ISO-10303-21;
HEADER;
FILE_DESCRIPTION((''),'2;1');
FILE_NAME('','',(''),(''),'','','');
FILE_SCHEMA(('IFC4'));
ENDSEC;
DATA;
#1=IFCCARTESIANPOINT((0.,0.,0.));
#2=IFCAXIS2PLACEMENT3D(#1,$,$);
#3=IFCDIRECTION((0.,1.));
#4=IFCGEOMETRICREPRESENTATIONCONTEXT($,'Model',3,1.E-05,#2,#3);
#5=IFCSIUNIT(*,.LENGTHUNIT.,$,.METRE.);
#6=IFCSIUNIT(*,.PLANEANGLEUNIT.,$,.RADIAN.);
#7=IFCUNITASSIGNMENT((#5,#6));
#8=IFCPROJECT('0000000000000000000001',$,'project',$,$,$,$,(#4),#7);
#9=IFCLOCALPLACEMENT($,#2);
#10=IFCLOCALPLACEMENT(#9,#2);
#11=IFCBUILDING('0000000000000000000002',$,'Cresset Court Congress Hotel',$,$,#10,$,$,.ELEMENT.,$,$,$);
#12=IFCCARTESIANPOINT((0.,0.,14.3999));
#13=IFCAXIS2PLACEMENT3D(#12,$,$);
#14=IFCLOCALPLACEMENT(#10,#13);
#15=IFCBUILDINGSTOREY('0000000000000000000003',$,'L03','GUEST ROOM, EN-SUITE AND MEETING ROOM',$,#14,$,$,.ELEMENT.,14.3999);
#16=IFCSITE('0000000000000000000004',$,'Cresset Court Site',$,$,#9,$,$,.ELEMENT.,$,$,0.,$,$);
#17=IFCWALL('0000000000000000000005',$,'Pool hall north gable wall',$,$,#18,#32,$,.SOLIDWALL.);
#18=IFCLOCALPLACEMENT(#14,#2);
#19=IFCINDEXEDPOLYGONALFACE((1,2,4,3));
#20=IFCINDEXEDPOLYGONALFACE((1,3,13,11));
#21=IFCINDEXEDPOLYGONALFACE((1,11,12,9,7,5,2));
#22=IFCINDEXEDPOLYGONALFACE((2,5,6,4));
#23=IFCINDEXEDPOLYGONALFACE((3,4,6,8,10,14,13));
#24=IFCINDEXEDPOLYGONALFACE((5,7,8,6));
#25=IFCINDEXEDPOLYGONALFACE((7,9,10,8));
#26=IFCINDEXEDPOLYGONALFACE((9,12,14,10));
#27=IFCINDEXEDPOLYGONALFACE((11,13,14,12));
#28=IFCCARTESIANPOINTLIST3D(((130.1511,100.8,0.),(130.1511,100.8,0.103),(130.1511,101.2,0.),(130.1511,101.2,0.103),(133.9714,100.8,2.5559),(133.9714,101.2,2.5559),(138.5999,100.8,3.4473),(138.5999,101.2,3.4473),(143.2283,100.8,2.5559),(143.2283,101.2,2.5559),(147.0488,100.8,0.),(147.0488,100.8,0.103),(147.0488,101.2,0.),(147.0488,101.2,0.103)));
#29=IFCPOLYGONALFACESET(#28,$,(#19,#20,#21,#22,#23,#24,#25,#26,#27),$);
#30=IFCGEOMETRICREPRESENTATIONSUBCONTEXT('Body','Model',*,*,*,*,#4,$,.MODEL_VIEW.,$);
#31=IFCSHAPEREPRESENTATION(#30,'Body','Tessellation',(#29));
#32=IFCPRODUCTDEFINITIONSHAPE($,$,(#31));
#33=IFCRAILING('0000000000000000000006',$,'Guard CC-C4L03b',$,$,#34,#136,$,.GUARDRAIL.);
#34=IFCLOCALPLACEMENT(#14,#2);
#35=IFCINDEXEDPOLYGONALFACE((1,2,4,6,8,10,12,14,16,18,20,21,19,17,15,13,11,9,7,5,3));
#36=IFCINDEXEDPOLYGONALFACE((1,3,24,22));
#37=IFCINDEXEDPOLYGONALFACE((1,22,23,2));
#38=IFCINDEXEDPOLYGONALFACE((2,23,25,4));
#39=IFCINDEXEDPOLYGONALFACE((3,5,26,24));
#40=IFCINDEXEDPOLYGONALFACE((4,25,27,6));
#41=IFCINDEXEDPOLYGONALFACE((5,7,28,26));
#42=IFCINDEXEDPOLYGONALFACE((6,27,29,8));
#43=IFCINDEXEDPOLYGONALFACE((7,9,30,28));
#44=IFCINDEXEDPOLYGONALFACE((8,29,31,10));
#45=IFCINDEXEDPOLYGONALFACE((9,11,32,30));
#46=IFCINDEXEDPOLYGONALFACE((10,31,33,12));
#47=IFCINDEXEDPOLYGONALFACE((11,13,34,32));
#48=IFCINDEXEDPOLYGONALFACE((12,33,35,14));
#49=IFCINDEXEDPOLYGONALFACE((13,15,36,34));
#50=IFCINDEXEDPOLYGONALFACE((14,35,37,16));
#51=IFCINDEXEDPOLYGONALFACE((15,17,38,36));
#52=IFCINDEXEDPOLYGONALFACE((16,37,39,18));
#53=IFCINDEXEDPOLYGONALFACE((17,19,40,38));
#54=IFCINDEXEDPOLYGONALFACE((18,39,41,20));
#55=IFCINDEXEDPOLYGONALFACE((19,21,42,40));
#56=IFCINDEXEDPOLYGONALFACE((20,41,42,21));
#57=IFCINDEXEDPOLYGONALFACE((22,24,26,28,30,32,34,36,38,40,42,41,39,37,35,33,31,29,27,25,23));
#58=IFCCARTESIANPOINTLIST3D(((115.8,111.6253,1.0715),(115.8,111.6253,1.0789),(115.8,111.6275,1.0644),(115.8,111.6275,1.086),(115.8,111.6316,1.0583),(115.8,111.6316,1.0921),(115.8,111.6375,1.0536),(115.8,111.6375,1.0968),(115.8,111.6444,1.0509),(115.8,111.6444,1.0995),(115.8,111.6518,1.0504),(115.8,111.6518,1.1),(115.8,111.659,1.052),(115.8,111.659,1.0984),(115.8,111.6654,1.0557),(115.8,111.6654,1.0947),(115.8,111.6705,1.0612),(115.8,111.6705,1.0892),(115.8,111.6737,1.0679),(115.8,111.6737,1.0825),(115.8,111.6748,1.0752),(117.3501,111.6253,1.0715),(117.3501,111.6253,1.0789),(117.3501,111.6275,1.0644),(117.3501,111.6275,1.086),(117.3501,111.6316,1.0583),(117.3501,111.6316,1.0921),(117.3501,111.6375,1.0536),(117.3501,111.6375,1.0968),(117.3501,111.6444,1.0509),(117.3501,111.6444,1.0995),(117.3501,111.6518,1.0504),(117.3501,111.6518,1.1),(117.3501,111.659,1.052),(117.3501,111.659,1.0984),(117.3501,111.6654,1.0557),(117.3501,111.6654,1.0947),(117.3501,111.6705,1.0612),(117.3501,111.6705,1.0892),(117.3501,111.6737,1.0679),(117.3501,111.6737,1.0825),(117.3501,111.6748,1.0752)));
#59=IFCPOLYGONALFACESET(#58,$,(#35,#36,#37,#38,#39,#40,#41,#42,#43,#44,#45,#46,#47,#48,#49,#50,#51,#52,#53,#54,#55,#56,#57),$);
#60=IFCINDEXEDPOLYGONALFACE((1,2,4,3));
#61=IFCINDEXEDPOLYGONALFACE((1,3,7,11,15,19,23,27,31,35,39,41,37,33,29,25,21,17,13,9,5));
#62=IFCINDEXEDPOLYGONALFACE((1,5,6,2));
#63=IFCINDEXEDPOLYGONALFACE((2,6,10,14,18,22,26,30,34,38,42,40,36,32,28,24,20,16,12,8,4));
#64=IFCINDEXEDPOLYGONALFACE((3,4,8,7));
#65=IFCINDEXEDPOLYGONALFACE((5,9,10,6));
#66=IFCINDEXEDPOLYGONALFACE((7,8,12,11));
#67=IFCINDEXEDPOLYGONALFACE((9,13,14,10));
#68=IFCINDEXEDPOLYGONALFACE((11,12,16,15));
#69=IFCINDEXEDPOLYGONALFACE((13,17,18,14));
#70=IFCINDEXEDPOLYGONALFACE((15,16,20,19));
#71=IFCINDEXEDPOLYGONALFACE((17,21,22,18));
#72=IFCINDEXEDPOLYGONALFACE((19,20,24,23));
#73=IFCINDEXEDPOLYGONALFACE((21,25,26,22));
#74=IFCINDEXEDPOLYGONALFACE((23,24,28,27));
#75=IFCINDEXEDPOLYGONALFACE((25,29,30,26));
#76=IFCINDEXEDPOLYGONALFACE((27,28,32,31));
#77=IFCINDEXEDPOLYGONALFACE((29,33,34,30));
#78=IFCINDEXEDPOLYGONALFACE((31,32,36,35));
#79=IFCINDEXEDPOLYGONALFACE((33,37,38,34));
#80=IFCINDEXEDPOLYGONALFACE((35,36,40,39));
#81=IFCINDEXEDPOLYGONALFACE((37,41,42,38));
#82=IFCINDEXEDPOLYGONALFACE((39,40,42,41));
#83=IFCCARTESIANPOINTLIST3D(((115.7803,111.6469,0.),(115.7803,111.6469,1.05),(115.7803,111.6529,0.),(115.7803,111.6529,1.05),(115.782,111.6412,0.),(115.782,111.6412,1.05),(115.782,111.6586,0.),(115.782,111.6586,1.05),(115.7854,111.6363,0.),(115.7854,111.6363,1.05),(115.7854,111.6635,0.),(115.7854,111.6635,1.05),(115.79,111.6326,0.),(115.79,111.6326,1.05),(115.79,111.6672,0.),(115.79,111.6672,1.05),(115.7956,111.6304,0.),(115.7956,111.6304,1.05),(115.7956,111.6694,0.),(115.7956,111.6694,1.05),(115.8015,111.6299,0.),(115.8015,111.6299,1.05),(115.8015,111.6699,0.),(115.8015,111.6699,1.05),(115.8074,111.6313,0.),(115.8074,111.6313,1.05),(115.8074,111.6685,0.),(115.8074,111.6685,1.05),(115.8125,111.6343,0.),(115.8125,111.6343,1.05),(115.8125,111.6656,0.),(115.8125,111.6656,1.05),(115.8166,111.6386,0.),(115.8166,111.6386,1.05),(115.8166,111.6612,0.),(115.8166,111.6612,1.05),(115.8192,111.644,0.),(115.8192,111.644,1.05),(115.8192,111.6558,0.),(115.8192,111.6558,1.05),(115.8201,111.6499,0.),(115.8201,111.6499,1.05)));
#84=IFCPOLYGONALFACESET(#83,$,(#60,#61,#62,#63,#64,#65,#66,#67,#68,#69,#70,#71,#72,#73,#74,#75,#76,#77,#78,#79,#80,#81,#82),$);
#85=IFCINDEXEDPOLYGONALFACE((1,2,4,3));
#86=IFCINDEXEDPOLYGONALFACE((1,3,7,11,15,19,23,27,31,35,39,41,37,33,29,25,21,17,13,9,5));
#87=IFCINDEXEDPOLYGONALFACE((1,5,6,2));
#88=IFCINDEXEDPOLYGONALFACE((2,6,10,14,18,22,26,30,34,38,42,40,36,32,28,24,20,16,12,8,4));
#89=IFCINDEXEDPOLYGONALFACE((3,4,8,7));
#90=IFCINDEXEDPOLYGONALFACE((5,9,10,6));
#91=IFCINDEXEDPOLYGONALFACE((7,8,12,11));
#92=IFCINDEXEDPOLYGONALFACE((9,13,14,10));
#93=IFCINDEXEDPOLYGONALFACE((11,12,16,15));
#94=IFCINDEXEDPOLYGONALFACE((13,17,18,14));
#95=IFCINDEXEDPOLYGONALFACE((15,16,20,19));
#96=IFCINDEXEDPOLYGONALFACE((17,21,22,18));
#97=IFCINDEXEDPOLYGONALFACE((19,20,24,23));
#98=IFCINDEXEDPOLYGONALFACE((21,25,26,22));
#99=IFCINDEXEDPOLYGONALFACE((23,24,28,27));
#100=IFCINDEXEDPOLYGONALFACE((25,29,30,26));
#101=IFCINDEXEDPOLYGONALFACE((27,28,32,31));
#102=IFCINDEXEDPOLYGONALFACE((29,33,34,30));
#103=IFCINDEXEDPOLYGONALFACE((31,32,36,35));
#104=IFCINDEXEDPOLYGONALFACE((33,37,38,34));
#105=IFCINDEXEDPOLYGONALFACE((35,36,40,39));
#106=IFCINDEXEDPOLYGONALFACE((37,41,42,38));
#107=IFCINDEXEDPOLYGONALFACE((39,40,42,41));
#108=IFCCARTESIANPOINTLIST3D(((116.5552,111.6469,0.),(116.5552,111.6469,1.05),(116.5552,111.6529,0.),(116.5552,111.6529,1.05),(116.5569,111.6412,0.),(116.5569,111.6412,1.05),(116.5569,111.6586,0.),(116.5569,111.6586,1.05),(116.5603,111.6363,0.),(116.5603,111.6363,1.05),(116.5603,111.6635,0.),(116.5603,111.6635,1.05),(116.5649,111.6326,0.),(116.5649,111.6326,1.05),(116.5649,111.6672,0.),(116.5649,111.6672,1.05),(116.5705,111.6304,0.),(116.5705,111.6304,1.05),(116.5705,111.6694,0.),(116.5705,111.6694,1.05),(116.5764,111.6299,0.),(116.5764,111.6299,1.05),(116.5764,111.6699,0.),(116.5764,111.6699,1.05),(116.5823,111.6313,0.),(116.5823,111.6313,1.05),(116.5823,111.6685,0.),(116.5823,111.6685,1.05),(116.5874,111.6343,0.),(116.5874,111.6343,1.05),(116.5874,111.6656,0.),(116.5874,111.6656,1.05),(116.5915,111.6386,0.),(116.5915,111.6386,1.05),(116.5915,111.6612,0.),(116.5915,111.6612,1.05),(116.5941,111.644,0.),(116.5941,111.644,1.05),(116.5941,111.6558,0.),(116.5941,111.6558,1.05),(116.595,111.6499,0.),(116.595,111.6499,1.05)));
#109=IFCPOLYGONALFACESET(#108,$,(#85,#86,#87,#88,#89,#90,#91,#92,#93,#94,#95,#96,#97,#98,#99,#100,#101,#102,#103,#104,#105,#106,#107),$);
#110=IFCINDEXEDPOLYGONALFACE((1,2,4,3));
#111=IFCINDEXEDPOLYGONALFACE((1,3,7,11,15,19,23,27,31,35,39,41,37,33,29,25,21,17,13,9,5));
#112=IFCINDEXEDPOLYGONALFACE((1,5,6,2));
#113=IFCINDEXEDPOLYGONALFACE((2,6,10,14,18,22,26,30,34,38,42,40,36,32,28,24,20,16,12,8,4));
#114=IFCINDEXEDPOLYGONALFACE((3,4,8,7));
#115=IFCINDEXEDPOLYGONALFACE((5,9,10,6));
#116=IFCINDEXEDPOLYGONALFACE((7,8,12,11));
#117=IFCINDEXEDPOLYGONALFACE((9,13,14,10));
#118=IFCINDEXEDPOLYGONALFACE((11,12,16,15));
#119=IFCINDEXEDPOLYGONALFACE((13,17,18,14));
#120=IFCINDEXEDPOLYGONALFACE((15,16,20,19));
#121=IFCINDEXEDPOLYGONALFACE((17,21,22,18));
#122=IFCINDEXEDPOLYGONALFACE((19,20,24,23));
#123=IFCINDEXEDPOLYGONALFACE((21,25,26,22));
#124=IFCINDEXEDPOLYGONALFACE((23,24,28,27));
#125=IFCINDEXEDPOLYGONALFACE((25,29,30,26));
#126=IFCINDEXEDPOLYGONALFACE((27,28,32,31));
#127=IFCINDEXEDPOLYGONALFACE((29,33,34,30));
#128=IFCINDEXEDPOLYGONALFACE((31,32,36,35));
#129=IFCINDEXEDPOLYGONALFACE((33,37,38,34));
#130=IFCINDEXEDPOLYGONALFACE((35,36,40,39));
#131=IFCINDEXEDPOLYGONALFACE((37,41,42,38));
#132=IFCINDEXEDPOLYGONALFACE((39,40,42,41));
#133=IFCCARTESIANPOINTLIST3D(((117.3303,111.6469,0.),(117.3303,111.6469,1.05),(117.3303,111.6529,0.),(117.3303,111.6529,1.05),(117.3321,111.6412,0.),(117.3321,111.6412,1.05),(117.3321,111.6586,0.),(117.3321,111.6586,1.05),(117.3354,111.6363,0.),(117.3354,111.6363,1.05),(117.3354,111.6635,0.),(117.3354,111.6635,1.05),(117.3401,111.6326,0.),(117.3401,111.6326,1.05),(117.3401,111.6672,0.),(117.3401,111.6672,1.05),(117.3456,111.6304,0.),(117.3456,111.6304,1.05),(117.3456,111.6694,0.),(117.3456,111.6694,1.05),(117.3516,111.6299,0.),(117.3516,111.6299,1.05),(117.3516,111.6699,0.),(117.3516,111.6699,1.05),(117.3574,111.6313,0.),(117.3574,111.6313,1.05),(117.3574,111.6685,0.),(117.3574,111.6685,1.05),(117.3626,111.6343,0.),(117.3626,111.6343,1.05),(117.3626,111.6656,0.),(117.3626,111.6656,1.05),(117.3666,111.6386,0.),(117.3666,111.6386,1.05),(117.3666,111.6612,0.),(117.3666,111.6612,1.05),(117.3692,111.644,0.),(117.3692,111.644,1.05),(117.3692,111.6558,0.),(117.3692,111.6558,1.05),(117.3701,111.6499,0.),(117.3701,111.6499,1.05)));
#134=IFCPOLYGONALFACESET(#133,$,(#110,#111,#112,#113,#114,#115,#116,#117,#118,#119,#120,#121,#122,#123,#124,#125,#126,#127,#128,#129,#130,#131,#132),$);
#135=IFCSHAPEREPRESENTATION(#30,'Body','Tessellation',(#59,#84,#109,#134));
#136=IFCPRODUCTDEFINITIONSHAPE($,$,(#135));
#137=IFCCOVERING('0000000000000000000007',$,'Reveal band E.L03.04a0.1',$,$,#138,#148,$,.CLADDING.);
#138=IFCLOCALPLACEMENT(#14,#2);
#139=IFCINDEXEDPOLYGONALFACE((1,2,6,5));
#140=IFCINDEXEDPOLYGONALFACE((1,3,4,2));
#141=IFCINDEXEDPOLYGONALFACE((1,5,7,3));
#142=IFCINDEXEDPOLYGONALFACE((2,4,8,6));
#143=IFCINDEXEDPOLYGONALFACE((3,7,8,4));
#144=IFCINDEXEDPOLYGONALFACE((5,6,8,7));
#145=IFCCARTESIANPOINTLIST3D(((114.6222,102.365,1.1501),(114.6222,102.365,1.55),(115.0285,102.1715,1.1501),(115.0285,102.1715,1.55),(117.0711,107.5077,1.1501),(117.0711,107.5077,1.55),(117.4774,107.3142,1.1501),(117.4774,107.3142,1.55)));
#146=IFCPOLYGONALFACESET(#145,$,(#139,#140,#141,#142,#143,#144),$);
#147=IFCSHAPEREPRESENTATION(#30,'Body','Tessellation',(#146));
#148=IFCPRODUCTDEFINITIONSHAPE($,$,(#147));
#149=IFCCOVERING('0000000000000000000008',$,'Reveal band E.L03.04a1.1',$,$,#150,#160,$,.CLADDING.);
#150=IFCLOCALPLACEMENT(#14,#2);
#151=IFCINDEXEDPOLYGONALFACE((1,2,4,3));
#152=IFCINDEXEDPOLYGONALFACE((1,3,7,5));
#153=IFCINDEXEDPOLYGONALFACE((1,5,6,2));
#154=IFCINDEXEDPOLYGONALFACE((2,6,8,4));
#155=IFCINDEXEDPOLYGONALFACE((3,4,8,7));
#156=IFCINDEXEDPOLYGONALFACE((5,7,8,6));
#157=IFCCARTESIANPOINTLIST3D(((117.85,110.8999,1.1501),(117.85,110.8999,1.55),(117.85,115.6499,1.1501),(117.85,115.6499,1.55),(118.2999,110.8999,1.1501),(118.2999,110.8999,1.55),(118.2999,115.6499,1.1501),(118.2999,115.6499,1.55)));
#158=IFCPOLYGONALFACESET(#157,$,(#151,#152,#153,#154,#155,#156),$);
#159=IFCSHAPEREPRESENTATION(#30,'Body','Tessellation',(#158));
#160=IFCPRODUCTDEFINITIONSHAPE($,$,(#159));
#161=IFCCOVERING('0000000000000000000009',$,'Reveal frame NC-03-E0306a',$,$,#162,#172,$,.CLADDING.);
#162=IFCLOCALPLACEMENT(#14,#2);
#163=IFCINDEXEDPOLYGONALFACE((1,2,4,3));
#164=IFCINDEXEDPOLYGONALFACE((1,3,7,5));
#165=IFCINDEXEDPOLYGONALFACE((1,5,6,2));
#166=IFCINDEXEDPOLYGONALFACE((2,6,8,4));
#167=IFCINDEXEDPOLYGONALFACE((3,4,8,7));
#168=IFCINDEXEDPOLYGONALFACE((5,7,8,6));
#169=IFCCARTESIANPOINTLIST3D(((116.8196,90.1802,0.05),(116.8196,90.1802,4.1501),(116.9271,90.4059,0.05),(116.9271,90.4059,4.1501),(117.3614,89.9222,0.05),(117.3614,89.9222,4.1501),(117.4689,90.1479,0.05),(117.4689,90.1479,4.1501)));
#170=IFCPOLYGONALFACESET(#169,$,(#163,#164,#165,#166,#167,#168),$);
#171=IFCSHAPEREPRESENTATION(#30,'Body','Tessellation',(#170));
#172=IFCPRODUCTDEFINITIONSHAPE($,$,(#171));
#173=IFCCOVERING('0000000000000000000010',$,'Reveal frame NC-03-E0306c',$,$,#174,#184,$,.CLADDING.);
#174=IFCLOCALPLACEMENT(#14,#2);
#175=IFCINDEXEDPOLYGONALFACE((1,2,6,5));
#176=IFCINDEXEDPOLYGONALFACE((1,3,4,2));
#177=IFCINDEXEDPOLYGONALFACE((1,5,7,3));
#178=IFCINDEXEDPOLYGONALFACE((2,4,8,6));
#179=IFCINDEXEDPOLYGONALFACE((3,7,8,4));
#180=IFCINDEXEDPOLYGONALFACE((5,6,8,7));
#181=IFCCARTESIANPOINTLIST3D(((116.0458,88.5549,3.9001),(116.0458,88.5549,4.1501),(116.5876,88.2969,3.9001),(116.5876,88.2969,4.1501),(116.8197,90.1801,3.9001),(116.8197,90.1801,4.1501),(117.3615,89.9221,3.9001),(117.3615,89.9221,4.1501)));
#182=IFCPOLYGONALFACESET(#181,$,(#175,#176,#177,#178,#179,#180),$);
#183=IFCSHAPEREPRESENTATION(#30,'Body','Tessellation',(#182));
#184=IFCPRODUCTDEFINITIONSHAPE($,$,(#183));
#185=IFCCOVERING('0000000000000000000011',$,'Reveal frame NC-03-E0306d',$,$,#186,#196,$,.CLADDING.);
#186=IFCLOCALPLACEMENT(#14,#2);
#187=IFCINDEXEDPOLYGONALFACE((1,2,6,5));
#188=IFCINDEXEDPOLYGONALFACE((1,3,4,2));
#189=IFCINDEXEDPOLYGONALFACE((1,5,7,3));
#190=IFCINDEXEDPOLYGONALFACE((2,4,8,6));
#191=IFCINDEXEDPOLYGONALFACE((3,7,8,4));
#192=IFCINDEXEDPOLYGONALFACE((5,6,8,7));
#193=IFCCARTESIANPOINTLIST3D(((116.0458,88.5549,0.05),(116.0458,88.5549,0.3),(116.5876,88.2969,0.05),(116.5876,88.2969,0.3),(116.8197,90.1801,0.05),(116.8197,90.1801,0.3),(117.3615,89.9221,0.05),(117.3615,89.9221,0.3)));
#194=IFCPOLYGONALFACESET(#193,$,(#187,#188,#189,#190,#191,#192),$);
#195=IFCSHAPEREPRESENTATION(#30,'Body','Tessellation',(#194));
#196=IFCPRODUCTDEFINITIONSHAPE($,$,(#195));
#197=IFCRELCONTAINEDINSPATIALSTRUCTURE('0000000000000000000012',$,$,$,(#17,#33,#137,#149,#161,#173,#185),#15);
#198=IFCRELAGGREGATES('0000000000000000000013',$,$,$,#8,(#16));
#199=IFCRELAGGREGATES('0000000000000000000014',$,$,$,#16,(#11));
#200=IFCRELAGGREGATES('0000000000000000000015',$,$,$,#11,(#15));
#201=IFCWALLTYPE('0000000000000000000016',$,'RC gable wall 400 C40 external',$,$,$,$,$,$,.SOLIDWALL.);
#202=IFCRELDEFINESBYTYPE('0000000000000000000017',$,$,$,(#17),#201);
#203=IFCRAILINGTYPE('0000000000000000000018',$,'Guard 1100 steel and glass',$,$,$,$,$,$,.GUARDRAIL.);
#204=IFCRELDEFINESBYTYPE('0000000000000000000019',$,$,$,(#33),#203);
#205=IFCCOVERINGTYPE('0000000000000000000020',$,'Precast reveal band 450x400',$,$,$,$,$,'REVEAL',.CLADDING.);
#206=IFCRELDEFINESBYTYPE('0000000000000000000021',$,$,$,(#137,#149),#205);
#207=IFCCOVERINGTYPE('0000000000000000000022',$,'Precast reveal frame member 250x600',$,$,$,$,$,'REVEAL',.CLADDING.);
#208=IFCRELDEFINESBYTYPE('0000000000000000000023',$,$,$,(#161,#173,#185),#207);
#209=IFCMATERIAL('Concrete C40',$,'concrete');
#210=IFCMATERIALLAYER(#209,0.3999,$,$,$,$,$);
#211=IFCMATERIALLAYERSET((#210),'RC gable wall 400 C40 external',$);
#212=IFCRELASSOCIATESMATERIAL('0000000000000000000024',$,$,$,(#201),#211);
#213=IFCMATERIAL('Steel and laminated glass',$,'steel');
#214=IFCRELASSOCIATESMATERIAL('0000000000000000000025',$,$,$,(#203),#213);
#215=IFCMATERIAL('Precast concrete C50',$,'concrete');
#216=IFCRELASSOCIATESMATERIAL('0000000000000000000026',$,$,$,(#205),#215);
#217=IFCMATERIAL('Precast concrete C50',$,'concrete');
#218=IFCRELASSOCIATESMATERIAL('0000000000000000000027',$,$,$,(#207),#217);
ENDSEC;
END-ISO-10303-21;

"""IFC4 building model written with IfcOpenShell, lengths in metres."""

from ifc_helpers import new_model, si_unit, direction, frame, origin, origin_2d, place, context, subcontext, project, spatial, polyline, rectangle, circle, outline, extrude, material, layer, layer_set, type_object, element, save


model = new_model("IFC4")

# Units and contexts
model_context = context("Model", 3, precision=1e-05, world=origin(), true_north=direction((0.0, 1.0)))
body_context = subcontext(model_context, "Body", "Model", "MODEL_VIEW")
ifc_project = project(units=[si_unit("LENGTHUNIT", "METRE"), si_unit("PLANEANGLEUNIT", "RADIAN")], contexts=[model_context])

# Site, building, storey
site_placement = place(None, origin())
site = spatial("IfcSite", under=ifc_project, at=site_placement, Name="Cresset Court Site", CompositionType="ELEMENT", RefElevation=0.0)
building_placement = place(site_placement, origin())
building = spatial("IfcBuilding", under=site, at=building_placement, Name="Cresset Court Congress Hotel", CompositionType="ELEMENT")
storey_placement = place(building_placement, frame((0.0, 0.0, 14.3999)))
storey = spatial("IfcBuildingStorey", under=building, at=storey_placement, Name="L03", Description="GUEST ROOM, EN-SUITE AND MEETING ROOM", CompositionType="ELEMENT", Elevation=14.3999)

# Wall
ifc_material_1 = material(Name="Concrete C40", Category="concrete")
ifc_layer_1 = layer(ifc_material_1, 0.3999)
ifc_layer_set_1 = layer_set([ifc_layer_1], Name="RC gable wall 400 C40 external")
wall_type_1 = type_object("IfcWallType", Name="RC gable wall 400 C40 external", PredefinedType="SOLIDWALL", material=ifc_layer_set_1)
wall_1_placement = place(storey_placement, frame((130.1511, 101.0, 0.0), z_axis=(0.0, 0.0, 1.0), x_axis=(1.0, 0.0, 0.0)))
element("IfcWall", 1, at=wall_1_placement, inside=storey, type_object=wall_type_1, Name="Pool hall north gable wall", PredefinedType="SOLIDWALL", context=body_context, shape_type="SweptSolid", body=[
    extrude(outline(polyline([(0.0, 0.0), (16.8977, 0.0), (16.8977, 0.103), (13.0771, 2.5559), (8.4487, 3.4473), (3.8203, 2.5559), (0.0, 0.103), (0.0, 0.0)])), frame((0.0, 0.2, 0.0), z_axis=(0.0, -1.0, 0.0), x_axis=(1.0, 0.0, 0.0)), (0.0, 0.0, 1.0), 0.3999),
])

# Railing
ifc_material_2 = material(Name="Steel and laminated glass", Category="steel")
railing_type = type_object("IfcRailingType", Name="Guard 1100 steel and glass", PredefinedType="GUARDRAIL", material=ifc_material_2)
railing_placement = place(storey_placement, frame((115.8, 111.6499, 0.0)))
element("IfcRailing", 2, at=railing_placement, inside=storey, type_object=railing_type, Name="Guard CC-C4L03b", PredefinedType="GUARDRAIL", context=body_context, shape_type="SweptSolid", body=[
    extrude(circle(Radius=0.0249, at=origin_2d()), frame((0.0, 0.0, 1.0752), z_axis=(1.0, 0.0, 0.0), x_axis=(0.0, 1.0, 0.0)), (0.0, 0.0, 1.0), 1.55),
    extrude(circle(Radius=0.02, at=origin_2d()), origin(), (0.0, 0.0, 1.0), 1.05),
    extrude(circle(Radius=0.02, at=origin_2d()), frame((0.7749, 0.0, 0.0)), (0.0, 0.0, 1.0), 1.05),
    extrude(circle(Radius=0.02, at=origin_2d()), frame((1.55, 0.0, 0.0)), (0.0, 0.0, 1.0), 1.05),
])

# Coverings
ifc_material_3 = material(Name="Precast concrete C50", Category="concrete")
covering_type_1 = type_object("IfcCoveringType", Name="Precast reveal band 450x400", ElementType="REVEAL", PredefinedType="CLADDING", material=ifc_material_3)
covering_1_placement = place(storey_placement, frame((116.0498, 104.8396, 1.1501), z_axis=(0.0, 0.0, 1.0), x_axis=(-0.429933, -0.902861, 0.0)))
element("IfcCovering", 3, at=covering_1_placement, inside=storey, type_object=covering_type_1, Name="Reveal band E.L03.04a0.1", PredefinedType="CLADDING", context=body_context, shape_type="SweptSolid", body=[
    extrude(rectangle(XDim=5.696, YDim=0.45, at=origin_2d()), origin(), (0.0, 0.0, 1.0), 0.3999),
])
covering_2_placement = place(storey_placement, frame((118.075, 113.2749, 1.1501), z_axis=(0.0, 0.0, 1.0), x_axis=(0.0, -1.0, 0.0)))
element("IfcCovering", 4, at=covering_2_placement, inside=storey, type_object=covering_type_1, Name="Reveal band E.L03.04a1.1", PredefinedType="CLADDING", context=body_context, shape_type="SweptSolid", body=[
    extrude(rectangle(XDim=4.75, YDim=0.45, at=origin_2d()), origin(), (0.0, 0.0, 1.0), 0.3999),
])
ifc_material_4 = material(Name="Precast concrete C50", Category="concrete")
covering_type_2 = type_object("IfcCoveringType", Name="Precast reveal frame member 250x600", ElementType="REVEAL", PredefinedType="CLADDING", material=ifc_material_4)
covering_3_placement = place(storey_placement, frame((117.1443, 90.1641, 0.05), z_axis=(0.0, 0.0, 1.0), x_axis=(-0.429933, -0.902861, 0.0)))
element("IfcCovering", 5, at=covering_3_placement, inside=storey, type_object=covering_type_2, Name="Reveal frame NC-03-E0306a", PredefinedType="CLADDING", context=body_context, shape_type="SweptSolid", body=[
    extrude(rectangle(XDim=0.25, YDim=0.6001, at=origin_2d()), origin(), (0.0, 0.0, 1.0), 4.1001),
])
for number, where, z_axis, x_axis, name in (
    (6, (116.7036, 89.2385, 3.9001), (0.0, 0.0, 1.0), (-0.429933, -0.902861, 0.0), "Reveal frame NC-03-E0306c"),
    (7, (116.7036, 89.2385, 0.05), (0.0, 0.0, 1.0), (-0.429933, -0.902861, 0.0), "Reveal frame NC-03-E0306d"),
):
    element("IfcCovering", number, at=place(storey_placement, frame(where, z_axis=z_axis, x_axis=x_axis)), inside=storey, type_object=covering_type_2, Name=name, PredefinedType="CLADDING", context=body_context, shape_type="SweptSolid", body=[
        extrude(rectangle(XDim=1.8, YDim=0.6001, at=origin_2d()), origin(), (0.0, 0.0, 1.0), 0.25),
    ])

save(model, "model.ifc")
